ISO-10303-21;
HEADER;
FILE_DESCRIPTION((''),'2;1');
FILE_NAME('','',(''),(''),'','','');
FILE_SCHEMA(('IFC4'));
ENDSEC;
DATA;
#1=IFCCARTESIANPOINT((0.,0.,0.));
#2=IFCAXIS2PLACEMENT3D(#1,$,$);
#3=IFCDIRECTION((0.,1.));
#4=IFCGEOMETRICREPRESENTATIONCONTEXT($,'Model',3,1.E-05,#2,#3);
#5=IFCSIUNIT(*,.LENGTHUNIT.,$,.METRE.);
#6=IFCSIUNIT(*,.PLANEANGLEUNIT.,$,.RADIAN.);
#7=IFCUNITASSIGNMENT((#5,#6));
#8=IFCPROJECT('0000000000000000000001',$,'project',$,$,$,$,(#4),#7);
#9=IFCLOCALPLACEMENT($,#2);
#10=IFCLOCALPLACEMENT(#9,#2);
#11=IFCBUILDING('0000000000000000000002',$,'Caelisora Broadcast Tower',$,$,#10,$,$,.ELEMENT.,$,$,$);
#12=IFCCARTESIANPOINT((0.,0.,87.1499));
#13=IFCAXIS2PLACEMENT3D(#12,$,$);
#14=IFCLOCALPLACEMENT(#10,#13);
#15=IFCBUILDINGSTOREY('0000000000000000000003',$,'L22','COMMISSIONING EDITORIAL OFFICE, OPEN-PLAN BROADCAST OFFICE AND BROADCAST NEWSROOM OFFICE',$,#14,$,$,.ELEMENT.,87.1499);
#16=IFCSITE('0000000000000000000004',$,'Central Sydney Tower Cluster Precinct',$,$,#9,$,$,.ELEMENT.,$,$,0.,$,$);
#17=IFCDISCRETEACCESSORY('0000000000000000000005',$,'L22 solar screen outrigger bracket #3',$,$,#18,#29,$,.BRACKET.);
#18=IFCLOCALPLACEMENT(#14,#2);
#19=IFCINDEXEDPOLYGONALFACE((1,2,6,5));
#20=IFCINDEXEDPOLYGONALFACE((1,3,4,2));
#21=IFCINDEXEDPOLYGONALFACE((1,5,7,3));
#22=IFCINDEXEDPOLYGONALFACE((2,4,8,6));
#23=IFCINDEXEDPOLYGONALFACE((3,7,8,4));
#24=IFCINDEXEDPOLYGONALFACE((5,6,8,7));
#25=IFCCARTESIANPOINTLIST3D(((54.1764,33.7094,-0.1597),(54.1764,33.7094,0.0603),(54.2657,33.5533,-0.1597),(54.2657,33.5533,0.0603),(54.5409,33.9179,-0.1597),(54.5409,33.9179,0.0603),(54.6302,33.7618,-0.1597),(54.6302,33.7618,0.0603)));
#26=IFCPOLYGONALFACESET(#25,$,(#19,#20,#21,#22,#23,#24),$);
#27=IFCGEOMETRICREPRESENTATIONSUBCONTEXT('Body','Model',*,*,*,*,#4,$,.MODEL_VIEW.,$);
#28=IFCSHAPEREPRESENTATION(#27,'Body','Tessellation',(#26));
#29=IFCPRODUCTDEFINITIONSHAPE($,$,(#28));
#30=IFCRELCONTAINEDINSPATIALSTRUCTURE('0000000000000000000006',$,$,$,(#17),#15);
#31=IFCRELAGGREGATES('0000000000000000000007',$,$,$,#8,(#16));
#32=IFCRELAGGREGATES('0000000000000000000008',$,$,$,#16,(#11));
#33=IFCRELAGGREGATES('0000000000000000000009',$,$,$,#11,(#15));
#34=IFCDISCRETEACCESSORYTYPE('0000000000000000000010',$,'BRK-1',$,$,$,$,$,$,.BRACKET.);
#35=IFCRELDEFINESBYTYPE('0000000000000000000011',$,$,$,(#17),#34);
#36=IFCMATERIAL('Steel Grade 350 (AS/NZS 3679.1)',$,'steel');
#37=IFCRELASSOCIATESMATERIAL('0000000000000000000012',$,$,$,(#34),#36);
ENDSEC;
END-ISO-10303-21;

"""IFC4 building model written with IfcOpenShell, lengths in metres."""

from ifc_helpers import new_model, si_unit, direction, frame, origin, origin_2d, place, context, subcontext, project, spatial, rectangle, extrude, source, transform, mapped, material, type_object, type_shapes, element, save


model = new_model("IFC4")

# Units and contexts
model_context = context("Model", 3, precision=1e-05, world=origin(), true_north=direction((0.0, 1.0)))
body_context = subcontext(model_context, "Body", "Model", "MODEL_VIEW")
ifc_project = project(units=[si_unit("LENGTHUNIT", "METRE"), si_unit("PLANEANGLEUNIT", "RADIAN")], contexts=[model_context])

# Site, building, storey
site_placement = place(None, origin())
site = spatial("IfcSite", under=ifc_project, at=site_placement, Name="Central Sydney Tower Cluster Precinct", CompositionType="ELEMENT", RefElevation=0.0)
building_placement = place(site_placement, origin())
building = spatial("IfcBuilding", under=site, at=building_placement, Name="Caelisora Broadcast Tower", CompositionType="ELEMENT")
storey_placement = place(building_placement, frame((0.0, 0.0, 87.1499)))
storey = spatial("IfcBuildingStorey", under=building, at=storey_placement, Name="L22", Description="COMMISSIONING EDITORIAL OFFICE, OPEN-PLAN BROADCAST OFFICE AND BROADCAST NEWSROOM OFFICE", CompositionType="ELEMENT", Elevation=87.1499)

# Shared definitions
ifc_material_1 = material(Name="Steel Grade 350 (AS/NZS 3679.1)", Category="steel")

# Discrete accessory
discrete_accessory_type = type_object("IfcDiscreteAccessoryType", Name="BRK-1", PredefinedType="BRACKET", material=ifc_material_1)
shared_shape_1 = source(origin(), body_context, "Body", "SweptSolid", [
    extrude(rectangle(XDim=0.1799, YDim=0.4199, at=origin_2d()), origin(), (0.0, 0.0, 1.0), 0.22),
])
type_shapes(discrete_accessory_type, [shared_shape_1])
discrete_accessory_placement = place(storey_placement, frame((54.4033, 33.7356, -0.1597), z_axis=(0.0, 0.0, 1.0), x_axis=(-0.49652, 0.868026, 0.0)))
element("IfcDiscreteAccessory", 1, at=discrete_accessory_placement, inside=storey, type_object=discrete_accessory_type, Name="L22 solar screen outrigger bracket #3", PredefinedType="BRACKET", context=body_context, shape_type="MappedRepresentation", body=[
    mapped(shared_shape_1, transform((0.0, 0.0, 0.0), scale=1.0)),
])

save(model, "model.ifc")
